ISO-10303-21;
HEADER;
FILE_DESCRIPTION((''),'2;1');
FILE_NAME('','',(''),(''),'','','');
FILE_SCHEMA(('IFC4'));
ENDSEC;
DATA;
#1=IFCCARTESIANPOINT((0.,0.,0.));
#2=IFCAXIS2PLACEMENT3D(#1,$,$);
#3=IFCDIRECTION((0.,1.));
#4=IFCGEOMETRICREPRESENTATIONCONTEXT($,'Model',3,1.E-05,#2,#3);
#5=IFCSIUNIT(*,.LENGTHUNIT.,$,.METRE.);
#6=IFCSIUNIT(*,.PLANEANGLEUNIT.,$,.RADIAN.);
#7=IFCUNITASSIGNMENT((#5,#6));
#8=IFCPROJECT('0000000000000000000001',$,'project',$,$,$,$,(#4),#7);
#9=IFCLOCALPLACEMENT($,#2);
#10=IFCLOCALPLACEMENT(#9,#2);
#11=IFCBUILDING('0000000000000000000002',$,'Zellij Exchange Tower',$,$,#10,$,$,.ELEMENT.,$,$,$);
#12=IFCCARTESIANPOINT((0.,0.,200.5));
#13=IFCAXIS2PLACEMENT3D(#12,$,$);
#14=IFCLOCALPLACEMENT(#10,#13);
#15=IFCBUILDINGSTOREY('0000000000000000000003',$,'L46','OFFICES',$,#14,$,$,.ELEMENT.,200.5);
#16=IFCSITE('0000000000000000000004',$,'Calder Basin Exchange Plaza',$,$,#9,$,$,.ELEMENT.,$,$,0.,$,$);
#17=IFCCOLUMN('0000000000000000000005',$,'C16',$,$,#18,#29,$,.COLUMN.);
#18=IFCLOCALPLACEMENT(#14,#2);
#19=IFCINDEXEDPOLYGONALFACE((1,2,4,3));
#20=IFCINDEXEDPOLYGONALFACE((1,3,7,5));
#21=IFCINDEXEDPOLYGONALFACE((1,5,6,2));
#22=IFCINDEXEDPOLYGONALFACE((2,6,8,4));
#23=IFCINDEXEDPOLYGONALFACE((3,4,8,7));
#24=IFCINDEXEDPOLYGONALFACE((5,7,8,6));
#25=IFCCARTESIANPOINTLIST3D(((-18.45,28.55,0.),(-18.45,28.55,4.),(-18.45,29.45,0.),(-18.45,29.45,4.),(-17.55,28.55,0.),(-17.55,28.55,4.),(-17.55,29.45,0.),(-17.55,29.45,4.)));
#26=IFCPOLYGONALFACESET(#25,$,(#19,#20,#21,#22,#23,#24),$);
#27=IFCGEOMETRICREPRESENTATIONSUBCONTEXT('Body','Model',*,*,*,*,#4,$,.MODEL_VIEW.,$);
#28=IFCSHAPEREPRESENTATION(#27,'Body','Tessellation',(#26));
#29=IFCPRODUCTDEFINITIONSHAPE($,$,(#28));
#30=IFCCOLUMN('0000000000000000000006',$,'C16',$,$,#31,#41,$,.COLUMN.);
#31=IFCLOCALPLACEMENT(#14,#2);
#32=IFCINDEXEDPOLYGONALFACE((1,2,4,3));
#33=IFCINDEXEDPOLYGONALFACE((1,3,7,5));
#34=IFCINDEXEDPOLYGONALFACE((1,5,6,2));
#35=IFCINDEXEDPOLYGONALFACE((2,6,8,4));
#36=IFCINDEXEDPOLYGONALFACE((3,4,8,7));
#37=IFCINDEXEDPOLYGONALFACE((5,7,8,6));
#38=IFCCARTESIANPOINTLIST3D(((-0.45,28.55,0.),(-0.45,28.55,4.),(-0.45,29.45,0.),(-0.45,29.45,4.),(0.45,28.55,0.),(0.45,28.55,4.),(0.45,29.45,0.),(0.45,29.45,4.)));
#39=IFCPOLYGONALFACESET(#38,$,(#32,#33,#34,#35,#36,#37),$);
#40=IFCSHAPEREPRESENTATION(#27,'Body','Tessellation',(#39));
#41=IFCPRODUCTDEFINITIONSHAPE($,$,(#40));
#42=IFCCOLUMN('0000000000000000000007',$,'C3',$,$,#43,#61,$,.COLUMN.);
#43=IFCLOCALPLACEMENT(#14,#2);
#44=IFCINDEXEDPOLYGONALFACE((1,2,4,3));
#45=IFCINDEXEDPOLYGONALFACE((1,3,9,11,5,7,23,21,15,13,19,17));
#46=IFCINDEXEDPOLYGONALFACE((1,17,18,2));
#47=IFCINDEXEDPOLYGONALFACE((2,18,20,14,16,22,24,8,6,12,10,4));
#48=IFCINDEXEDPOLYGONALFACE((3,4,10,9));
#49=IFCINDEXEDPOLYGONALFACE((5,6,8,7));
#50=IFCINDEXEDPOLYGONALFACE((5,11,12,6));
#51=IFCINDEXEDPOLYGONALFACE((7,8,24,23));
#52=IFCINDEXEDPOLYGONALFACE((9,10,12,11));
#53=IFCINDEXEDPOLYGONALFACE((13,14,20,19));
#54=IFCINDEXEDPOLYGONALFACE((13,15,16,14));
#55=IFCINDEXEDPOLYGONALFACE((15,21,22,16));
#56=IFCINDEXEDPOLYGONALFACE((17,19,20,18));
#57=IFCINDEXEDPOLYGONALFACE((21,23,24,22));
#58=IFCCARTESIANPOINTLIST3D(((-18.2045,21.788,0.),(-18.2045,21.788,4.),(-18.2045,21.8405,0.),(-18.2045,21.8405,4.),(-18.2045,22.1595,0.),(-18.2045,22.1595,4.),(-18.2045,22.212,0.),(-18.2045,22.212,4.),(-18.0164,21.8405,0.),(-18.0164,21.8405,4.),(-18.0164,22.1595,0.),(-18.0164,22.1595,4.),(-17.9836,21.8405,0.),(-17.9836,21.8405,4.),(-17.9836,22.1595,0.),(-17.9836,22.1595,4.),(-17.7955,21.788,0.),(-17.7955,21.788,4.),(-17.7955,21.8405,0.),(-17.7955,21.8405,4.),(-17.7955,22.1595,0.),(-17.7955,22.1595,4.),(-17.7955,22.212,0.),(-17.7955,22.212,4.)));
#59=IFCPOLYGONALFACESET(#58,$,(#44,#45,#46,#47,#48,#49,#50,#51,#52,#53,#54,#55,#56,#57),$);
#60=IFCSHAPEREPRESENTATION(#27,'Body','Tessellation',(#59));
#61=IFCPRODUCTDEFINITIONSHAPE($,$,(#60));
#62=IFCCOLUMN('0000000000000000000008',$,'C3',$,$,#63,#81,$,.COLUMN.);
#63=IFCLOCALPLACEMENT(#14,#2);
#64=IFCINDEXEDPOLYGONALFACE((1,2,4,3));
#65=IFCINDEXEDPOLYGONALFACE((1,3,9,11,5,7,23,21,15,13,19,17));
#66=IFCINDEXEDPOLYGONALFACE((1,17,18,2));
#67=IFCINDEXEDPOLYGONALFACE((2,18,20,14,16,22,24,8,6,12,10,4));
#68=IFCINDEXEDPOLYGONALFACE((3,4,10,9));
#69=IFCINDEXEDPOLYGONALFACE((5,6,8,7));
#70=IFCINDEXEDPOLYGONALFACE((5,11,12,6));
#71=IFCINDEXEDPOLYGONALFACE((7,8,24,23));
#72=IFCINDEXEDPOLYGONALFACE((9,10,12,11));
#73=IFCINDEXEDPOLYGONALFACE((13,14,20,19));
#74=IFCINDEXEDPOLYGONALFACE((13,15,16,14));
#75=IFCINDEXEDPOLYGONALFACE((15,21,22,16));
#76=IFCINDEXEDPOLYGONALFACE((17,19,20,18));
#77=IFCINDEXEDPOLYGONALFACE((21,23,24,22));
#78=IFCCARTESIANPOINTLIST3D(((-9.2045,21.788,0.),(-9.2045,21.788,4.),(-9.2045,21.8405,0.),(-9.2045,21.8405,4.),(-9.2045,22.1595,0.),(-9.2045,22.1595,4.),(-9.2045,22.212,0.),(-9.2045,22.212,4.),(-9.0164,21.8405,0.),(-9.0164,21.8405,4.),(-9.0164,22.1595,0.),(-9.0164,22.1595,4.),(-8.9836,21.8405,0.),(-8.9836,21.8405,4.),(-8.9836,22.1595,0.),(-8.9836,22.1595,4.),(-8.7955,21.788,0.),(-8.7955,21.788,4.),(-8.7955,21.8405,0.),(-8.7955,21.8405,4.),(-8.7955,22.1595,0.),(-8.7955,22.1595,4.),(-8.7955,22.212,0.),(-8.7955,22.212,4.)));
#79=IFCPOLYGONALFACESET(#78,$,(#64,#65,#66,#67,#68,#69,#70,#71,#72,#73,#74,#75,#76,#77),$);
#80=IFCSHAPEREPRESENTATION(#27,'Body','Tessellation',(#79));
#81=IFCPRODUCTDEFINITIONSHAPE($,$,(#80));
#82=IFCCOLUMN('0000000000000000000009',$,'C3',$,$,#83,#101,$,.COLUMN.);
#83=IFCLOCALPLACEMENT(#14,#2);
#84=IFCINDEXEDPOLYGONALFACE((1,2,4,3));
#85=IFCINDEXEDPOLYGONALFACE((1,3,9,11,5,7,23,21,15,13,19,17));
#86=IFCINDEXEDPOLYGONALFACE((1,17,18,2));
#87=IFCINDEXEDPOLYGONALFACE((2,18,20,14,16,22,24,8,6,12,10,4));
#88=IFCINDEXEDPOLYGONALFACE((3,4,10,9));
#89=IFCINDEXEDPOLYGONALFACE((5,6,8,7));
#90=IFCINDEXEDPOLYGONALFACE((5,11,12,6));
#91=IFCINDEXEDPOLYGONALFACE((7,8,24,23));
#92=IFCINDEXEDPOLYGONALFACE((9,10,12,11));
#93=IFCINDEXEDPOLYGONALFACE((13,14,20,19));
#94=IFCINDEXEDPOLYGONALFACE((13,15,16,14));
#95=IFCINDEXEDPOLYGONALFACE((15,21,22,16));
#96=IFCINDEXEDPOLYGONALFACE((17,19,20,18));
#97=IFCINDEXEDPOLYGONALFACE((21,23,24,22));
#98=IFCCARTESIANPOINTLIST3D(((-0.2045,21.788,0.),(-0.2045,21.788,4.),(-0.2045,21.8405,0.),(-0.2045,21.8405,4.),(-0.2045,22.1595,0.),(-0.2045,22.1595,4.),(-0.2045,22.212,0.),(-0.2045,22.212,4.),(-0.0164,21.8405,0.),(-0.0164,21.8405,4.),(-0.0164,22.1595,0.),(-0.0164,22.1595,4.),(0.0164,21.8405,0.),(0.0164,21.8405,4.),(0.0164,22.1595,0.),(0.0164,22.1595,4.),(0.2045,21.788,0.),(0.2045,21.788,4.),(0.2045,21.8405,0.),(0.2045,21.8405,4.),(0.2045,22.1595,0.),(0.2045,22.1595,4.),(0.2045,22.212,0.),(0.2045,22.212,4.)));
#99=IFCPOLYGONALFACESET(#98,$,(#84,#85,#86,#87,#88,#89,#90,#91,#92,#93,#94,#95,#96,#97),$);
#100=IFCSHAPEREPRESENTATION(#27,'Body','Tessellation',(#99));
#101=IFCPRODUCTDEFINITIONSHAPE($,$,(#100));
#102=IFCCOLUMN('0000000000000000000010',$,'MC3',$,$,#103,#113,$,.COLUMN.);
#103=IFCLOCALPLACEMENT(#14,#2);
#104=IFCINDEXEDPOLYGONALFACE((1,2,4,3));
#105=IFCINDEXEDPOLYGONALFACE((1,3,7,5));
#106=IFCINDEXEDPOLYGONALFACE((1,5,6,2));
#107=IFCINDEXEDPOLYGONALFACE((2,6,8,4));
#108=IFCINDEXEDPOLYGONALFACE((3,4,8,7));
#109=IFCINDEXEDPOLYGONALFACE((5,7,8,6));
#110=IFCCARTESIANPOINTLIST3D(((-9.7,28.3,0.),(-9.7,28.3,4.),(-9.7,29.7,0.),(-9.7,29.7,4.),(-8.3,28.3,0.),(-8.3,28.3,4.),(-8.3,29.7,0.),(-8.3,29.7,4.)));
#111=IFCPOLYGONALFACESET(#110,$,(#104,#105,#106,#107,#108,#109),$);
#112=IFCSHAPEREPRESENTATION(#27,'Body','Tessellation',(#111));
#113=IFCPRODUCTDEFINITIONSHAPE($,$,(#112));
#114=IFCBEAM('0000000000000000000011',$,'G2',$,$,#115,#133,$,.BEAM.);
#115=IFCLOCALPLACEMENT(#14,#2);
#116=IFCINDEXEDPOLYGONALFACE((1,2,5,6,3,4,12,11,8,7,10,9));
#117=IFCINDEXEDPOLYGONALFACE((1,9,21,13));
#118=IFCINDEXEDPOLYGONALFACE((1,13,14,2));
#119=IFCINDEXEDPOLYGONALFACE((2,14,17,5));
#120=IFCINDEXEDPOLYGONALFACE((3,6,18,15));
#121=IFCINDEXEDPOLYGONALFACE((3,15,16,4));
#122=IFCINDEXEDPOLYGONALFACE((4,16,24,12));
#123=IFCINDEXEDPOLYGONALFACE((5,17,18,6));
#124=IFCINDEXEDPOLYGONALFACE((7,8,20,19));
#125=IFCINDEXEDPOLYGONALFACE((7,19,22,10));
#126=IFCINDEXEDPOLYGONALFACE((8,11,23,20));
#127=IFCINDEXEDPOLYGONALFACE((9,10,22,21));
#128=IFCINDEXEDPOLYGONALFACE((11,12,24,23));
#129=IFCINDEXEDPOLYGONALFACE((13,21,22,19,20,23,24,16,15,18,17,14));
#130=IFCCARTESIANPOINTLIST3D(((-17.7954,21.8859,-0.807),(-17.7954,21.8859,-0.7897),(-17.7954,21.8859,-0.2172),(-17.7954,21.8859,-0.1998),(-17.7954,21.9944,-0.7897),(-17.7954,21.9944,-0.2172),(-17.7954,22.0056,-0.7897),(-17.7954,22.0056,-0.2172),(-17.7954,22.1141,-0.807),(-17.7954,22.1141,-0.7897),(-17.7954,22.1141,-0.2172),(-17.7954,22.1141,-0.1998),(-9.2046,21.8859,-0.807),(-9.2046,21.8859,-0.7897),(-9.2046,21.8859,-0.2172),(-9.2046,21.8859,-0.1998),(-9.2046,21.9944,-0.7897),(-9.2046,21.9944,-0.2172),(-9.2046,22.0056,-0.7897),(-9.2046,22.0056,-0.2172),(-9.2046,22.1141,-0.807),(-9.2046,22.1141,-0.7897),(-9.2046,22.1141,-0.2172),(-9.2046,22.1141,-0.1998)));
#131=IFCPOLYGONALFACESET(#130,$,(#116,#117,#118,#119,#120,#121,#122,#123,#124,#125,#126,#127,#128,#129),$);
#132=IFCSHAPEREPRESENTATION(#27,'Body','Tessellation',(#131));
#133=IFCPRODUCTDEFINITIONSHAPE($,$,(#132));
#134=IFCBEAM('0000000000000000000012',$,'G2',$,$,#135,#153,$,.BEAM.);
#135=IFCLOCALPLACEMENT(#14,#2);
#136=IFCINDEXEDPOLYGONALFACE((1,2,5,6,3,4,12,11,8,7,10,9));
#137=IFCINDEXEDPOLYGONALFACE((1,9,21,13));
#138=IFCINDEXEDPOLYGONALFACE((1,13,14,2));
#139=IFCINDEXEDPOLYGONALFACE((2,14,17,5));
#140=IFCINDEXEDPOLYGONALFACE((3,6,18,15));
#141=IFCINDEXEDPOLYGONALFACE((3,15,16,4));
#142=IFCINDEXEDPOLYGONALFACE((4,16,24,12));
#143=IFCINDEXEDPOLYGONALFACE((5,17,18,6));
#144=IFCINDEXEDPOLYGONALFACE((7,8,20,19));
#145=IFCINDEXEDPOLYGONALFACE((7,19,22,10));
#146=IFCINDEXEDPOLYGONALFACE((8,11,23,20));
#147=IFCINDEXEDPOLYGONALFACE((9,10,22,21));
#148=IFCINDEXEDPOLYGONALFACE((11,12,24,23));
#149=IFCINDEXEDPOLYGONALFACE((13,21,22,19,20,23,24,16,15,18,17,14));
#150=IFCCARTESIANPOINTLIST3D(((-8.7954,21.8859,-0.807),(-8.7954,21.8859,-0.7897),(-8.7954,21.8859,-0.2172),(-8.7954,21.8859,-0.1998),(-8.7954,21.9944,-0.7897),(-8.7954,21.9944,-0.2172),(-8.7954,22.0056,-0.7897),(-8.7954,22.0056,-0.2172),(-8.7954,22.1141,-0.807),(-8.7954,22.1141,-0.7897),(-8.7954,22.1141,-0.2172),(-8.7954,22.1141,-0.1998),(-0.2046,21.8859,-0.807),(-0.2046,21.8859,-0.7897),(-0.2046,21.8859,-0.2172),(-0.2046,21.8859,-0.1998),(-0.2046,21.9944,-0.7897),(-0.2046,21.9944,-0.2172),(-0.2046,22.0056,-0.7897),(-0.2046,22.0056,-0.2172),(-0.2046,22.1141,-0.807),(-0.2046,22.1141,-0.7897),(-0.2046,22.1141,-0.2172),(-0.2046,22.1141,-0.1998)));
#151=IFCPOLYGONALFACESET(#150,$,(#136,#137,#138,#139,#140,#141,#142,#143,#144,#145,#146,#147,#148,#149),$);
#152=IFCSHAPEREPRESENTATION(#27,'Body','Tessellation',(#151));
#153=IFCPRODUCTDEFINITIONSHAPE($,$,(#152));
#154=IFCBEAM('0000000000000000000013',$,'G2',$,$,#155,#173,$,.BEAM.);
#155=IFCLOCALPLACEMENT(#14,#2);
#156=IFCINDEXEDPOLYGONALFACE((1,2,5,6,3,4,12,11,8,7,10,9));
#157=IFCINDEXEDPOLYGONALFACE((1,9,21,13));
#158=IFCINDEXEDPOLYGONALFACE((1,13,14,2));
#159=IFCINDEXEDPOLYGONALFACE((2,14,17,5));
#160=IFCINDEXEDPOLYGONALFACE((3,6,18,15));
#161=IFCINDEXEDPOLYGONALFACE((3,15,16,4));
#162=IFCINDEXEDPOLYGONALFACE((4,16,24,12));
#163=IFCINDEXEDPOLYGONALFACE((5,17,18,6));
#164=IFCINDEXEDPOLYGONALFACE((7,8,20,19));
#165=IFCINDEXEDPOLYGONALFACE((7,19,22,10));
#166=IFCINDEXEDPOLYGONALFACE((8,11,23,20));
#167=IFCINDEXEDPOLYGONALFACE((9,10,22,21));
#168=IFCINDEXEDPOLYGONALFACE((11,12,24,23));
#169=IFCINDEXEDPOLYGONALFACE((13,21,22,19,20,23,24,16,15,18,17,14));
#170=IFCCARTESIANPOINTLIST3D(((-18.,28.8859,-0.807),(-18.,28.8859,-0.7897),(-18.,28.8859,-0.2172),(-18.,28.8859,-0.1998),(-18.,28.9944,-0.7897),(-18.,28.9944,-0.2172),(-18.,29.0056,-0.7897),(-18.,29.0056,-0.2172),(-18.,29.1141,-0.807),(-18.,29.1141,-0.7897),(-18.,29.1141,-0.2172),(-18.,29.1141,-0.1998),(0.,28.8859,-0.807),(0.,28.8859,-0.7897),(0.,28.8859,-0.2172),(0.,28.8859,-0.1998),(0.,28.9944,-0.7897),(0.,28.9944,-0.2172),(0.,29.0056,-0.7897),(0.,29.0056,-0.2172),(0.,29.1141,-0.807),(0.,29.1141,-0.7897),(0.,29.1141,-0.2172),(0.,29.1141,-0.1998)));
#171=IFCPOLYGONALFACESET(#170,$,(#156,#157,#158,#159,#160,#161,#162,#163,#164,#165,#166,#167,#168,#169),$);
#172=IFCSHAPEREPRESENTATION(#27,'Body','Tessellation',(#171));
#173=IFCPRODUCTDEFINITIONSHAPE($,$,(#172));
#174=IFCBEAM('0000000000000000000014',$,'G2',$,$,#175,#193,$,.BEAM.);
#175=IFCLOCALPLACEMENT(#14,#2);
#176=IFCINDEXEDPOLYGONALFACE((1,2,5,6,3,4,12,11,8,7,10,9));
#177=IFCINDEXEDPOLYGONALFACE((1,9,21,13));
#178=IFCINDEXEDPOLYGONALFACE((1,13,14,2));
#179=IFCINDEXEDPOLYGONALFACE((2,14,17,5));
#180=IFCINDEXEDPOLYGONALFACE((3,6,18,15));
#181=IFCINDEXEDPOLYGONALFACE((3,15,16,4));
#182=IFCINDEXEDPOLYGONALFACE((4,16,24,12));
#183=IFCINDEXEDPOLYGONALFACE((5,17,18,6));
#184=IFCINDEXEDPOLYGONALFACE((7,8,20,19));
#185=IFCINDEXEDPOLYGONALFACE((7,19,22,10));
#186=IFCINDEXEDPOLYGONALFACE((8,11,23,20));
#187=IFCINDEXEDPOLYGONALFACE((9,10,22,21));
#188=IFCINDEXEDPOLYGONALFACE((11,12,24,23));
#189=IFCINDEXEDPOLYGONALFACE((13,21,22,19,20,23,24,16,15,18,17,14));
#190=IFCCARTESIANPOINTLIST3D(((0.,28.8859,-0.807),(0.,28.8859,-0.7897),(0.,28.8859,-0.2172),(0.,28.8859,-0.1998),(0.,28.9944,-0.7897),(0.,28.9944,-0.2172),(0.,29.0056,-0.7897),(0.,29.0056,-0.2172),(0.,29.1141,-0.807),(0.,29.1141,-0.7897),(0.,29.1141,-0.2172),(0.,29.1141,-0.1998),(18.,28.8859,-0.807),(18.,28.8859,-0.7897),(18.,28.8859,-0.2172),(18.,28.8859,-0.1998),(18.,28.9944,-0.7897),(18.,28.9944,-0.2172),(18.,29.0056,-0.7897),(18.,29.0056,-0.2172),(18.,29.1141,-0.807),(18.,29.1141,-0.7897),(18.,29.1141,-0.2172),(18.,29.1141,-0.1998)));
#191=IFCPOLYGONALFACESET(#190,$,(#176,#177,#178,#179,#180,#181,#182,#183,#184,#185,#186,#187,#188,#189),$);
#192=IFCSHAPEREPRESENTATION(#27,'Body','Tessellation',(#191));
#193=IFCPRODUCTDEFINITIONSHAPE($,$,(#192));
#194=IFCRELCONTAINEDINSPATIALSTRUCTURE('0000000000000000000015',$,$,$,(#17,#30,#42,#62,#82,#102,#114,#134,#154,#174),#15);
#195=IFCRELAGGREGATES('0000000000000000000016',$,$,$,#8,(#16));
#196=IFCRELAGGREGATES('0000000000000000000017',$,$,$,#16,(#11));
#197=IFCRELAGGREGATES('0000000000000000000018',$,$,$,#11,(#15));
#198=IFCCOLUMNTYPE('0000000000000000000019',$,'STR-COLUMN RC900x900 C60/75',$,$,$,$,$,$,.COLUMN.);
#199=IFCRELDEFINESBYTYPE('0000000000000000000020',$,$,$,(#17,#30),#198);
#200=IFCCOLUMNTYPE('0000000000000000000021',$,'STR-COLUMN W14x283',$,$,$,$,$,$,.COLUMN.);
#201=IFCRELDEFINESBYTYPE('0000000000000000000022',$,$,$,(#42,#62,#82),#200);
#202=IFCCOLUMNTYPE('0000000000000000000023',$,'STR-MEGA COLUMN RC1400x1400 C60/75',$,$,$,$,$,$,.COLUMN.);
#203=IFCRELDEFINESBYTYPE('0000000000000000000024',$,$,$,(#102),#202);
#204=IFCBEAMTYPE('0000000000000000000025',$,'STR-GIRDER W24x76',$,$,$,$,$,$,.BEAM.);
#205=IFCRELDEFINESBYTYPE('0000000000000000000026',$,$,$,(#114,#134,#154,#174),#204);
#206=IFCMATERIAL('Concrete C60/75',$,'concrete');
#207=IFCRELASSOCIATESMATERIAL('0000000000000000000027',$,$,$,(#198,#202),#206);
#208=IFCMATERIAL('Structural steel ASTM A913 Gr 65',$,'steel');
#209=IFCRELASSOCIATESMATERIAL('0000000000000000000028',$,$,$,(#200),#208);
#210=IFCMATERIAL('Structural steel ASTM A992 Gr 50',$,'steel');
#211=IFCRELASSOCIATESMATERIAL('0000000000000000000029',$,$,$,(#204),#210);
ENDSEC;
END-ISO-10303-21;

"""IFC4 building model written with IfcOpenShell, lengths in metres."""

from ifc_helpers import new_model, si_unit, direction, frame, origin, origin_2d, place, context, subcontext, project, spatial, rectangle, i_section, extrude, material, material_profile, profile_set, type_object, element, save


model = new_model("IFC4")

# Units and contexts
model_context = context("Model", 3, precision=1e-05, world=origin(), true_north=direction((0.0, 1.0)))
body_context = subcontext(model_context, "Body", "Model", "MODEL_VIEW")
ifc_project = project(units=[si_unit("LENGTHUNIT", "METRE"), si_unit("PLANEANGLEUNIT", "RADIAN")], contexts=[model_context])

# Site, building, storey
site_placement = place(None, origin())
site = spatial("IfcSite", under=ifc_project, at=site_placement, Name="Calder Basin Exchange Plaza", CompositionType="ELEMENT", RefElevation=0.0)
building_placement = place(site_placement, origin())
building = spatial("IfcBuilding", under=site, at=building_placement, Name="Zellij Exchange Tower", CompositionType="ELEMENT")
storey_placement = place(building_placement, frame((0.0, 0.0, 200.5)))
storey = spatial("IfcBuildingStorey", under=building, at=storey_placement, Name="L46", Description="OFFICES", CompositionType="ELEMENT", Elevation=200.5)

# Columns
ifc_material_1 = material(Name="Concrete C60/75", Category="concrete")
ifc_material_profile_1 = material_profile(ifc_material_1, rectangle(XDim=0.8999, YDim=0.8999, at=origin_2d()), Name="STR-COLUMN RC900x900 C60/75")
ifc_profile_set_1 = profile_set([ifc_material_profile_1], Name="Concrete C60/75")
column_type_1 = type_object("IfcColumnType", Name="STR-COLUMN RC900x900 C60/75", PredefinedType="COLUMN", material=ifc_profile_set_1)
for number, where, z_axis, x_axis, name in (
    (1, (-18.0, 29.0, 0.0), (0.0, 0.0, 1.0), (1.0, 0.0, 0.0), "C16"),
    (2, (0.0, 29.0, 0.0), (0.0, 0.0, 1.0), (1.0, 0.0, 0.0), "C16"),
):
    element("IfcColumn", number, at=place(storey_placement, frame(where, z_axis=z_axis, x_axis=x_axis)), inside=storey, type_object=column_type_1, Name=name, PredefinedType="COLUMN", context=body_context, shape_type="SweptSolid", body=[
        extrude(rectangle(XDim=0.8999, YDim=0.8999, at=origin_2d()), origin(), (0.0, 0.0, 1.0), 4.0),
    ])
ifc_material_2 = material(Name="Structural steel ASTM A913 Gr 65", Category="steel")
ifc_material_profile_2 = material_profile(ifc_material_2, i_section(OverallWidth=0.4089, OverallDepth=0.4241, WebThickness=0.0327, FlangeThickness=0.0525, at=origin_2d()), Name="W14x283")
ifc_profile_set_2 = profile_set([ifc_material_profile_2], Name="Structural steel ASTM A913 Gr 65")
column_type_2 = type_object("IfcColumnType", Name="STR-COLUMN W14x283", PredefinedType="COLUMN", material=ifc_profile_set_2)
for number, where, z_axis, x_axis, name in (
    (3, (-18.0, 22.0, 0.0), (0.0, 0.0, 1.0), (1.0, 0.0, 0.0), "C3"),
    (4, (-9.0, 22.0, 0.0), (0.0, 0.0, 1.0), (1.0, 0.0, 0.0), "C3"),
    (5, (0.0, 22.0, 0.0), (0.0, 0.0, 1.0), (1.0, 0.0, 0.0), "C3"),
):
    element("IfcColumn", number, at=place(storey_placement, frame(where, z_axis=z_axis, x_axis=x_axis)), inside=storey, type_object=column_type_2, Name=name, PredefinedType="COLUMN", context=body_context, shape_type="SweptSolid", body=[
        extrude(i_section(OverallWidth=0.4089, OverallDepth=0.4241, WebThickness=0.0327, FlangeThickness=0.0525, at=origin_2d()), origin(), (0.0, 0.0, 1.0), 4.0),
    ])
ifc_material_profile_3 = material_profile(ifc_material_1, rectangle(XDim=1.3999, YDim=1.3999, at=origin_2d()), Name="STR-MEGA COLUMN RC1400x1400 C60/75")
ifc_profile_set_3 = profile_set([ifc_material_profile_3], Name="Concrete C60/75")
column_type_3 = type_object("IfcColumnType", Name="STR-MEGA COLUMN RC1400x1400 C60/75", PredefinedType="COLUMN", material=ifc_profile_set_3)
column_placement = place(storey_placement, frame((-9.0, 29.0, 0.0), z_axis=(0.0, 0.0, 1.0), x_axis=(1.0, 0.0, 0.0)))
element("IfcColumn", 6, at=column_placement, inside=storey, type_object=column_type_3, Name="MC3", PredefinedType="COLUMN", context=body_context, shape_type="SweptSolid", body=[
    extrude(rectangle(XDim=1.3999, YDim=1.3999, at=origin_2d()), origin(), (0.0, 0.0, 1.0), 4.0),
])

# Beams
ifc_material_3 = material(Name="Structural steel ASTM A992 Gr 50", Category="steel")
ifc_material_profile_4 = material_profile(ifc_material_3, i_section(OverallWidth=0.2283, OverallDepth=0.6072, WebThickness=0.0112, FlangeThickness=0.0173, at=origin_2d()), Name="W24x76")
ifc_profile_set_4 = profile_set([ifc_material_profile_4], Name="Structural steel ASTM A992 Gr 50")
beam_type = type_object("IfcBeamType", Name="STR-GIRDER W24x76", PredefinedType="BEAM", material=ifc_profile_set_4)
for number, where, z_axis, x_axis, name in (
    (7, (-17.7954, 22.0, -0.5034), (1.0, 0.0, 0.0), (0.0, 1.0, 0.0), "G2"),
    (8, (-8.7954, 22.0, -0.5034), (1.0, 0.0, 0.0), (0.0, 1.0, 0.0), "G2"),
):
    element("IfcBeam", number, at=place(storey_placement, frame(where, z_axis=z_axis, x_axis=x_axis)), inside=storey, type_object=beam_type, Name=name, PredefinedType="BEAM", context=body_context, shape_type="SweptSolid", body=[
        extrude(i_section(OverallWidth=0.2283, OverallDepth=0.6072, WebThickness=0.0112, FlangeThickness=0.0173, at=origin_2d()), origin(), (0.0, 0.0, 1.0), 8.5908),
    ])
for number, where, z_axis, x_axis, name in (
    (9, (-18.0, 29.0, -0.5034), (1.0, 0.0, 0.0), (0.0, 1.0, 0.0), "G2"),
    (10, (0.0, 29.0, -0.5034), (1.0, 0.0, 0.0), (0.0, 1.0, 0.0), "G2"),
):
    element("IfcBeam", number, at=place(storey_placement, frame(where, z_axis=z_axis, x_axis=x_axis)), inside=storey, type_object=beam_type, Name=name, PredefinedType="BEAM", context=body_context, shape_type="SweptSolid", body=[
        extrude(i_section(OverallWidth=0.2283, OverallDepth=0.6072, WebThickness=0.0112, FlangeThickness=0.0173, at=origin_2d()), origin(), (0.0, 0.0, 1.0), 18.0),
    ])

save(model, "model.ifc")
